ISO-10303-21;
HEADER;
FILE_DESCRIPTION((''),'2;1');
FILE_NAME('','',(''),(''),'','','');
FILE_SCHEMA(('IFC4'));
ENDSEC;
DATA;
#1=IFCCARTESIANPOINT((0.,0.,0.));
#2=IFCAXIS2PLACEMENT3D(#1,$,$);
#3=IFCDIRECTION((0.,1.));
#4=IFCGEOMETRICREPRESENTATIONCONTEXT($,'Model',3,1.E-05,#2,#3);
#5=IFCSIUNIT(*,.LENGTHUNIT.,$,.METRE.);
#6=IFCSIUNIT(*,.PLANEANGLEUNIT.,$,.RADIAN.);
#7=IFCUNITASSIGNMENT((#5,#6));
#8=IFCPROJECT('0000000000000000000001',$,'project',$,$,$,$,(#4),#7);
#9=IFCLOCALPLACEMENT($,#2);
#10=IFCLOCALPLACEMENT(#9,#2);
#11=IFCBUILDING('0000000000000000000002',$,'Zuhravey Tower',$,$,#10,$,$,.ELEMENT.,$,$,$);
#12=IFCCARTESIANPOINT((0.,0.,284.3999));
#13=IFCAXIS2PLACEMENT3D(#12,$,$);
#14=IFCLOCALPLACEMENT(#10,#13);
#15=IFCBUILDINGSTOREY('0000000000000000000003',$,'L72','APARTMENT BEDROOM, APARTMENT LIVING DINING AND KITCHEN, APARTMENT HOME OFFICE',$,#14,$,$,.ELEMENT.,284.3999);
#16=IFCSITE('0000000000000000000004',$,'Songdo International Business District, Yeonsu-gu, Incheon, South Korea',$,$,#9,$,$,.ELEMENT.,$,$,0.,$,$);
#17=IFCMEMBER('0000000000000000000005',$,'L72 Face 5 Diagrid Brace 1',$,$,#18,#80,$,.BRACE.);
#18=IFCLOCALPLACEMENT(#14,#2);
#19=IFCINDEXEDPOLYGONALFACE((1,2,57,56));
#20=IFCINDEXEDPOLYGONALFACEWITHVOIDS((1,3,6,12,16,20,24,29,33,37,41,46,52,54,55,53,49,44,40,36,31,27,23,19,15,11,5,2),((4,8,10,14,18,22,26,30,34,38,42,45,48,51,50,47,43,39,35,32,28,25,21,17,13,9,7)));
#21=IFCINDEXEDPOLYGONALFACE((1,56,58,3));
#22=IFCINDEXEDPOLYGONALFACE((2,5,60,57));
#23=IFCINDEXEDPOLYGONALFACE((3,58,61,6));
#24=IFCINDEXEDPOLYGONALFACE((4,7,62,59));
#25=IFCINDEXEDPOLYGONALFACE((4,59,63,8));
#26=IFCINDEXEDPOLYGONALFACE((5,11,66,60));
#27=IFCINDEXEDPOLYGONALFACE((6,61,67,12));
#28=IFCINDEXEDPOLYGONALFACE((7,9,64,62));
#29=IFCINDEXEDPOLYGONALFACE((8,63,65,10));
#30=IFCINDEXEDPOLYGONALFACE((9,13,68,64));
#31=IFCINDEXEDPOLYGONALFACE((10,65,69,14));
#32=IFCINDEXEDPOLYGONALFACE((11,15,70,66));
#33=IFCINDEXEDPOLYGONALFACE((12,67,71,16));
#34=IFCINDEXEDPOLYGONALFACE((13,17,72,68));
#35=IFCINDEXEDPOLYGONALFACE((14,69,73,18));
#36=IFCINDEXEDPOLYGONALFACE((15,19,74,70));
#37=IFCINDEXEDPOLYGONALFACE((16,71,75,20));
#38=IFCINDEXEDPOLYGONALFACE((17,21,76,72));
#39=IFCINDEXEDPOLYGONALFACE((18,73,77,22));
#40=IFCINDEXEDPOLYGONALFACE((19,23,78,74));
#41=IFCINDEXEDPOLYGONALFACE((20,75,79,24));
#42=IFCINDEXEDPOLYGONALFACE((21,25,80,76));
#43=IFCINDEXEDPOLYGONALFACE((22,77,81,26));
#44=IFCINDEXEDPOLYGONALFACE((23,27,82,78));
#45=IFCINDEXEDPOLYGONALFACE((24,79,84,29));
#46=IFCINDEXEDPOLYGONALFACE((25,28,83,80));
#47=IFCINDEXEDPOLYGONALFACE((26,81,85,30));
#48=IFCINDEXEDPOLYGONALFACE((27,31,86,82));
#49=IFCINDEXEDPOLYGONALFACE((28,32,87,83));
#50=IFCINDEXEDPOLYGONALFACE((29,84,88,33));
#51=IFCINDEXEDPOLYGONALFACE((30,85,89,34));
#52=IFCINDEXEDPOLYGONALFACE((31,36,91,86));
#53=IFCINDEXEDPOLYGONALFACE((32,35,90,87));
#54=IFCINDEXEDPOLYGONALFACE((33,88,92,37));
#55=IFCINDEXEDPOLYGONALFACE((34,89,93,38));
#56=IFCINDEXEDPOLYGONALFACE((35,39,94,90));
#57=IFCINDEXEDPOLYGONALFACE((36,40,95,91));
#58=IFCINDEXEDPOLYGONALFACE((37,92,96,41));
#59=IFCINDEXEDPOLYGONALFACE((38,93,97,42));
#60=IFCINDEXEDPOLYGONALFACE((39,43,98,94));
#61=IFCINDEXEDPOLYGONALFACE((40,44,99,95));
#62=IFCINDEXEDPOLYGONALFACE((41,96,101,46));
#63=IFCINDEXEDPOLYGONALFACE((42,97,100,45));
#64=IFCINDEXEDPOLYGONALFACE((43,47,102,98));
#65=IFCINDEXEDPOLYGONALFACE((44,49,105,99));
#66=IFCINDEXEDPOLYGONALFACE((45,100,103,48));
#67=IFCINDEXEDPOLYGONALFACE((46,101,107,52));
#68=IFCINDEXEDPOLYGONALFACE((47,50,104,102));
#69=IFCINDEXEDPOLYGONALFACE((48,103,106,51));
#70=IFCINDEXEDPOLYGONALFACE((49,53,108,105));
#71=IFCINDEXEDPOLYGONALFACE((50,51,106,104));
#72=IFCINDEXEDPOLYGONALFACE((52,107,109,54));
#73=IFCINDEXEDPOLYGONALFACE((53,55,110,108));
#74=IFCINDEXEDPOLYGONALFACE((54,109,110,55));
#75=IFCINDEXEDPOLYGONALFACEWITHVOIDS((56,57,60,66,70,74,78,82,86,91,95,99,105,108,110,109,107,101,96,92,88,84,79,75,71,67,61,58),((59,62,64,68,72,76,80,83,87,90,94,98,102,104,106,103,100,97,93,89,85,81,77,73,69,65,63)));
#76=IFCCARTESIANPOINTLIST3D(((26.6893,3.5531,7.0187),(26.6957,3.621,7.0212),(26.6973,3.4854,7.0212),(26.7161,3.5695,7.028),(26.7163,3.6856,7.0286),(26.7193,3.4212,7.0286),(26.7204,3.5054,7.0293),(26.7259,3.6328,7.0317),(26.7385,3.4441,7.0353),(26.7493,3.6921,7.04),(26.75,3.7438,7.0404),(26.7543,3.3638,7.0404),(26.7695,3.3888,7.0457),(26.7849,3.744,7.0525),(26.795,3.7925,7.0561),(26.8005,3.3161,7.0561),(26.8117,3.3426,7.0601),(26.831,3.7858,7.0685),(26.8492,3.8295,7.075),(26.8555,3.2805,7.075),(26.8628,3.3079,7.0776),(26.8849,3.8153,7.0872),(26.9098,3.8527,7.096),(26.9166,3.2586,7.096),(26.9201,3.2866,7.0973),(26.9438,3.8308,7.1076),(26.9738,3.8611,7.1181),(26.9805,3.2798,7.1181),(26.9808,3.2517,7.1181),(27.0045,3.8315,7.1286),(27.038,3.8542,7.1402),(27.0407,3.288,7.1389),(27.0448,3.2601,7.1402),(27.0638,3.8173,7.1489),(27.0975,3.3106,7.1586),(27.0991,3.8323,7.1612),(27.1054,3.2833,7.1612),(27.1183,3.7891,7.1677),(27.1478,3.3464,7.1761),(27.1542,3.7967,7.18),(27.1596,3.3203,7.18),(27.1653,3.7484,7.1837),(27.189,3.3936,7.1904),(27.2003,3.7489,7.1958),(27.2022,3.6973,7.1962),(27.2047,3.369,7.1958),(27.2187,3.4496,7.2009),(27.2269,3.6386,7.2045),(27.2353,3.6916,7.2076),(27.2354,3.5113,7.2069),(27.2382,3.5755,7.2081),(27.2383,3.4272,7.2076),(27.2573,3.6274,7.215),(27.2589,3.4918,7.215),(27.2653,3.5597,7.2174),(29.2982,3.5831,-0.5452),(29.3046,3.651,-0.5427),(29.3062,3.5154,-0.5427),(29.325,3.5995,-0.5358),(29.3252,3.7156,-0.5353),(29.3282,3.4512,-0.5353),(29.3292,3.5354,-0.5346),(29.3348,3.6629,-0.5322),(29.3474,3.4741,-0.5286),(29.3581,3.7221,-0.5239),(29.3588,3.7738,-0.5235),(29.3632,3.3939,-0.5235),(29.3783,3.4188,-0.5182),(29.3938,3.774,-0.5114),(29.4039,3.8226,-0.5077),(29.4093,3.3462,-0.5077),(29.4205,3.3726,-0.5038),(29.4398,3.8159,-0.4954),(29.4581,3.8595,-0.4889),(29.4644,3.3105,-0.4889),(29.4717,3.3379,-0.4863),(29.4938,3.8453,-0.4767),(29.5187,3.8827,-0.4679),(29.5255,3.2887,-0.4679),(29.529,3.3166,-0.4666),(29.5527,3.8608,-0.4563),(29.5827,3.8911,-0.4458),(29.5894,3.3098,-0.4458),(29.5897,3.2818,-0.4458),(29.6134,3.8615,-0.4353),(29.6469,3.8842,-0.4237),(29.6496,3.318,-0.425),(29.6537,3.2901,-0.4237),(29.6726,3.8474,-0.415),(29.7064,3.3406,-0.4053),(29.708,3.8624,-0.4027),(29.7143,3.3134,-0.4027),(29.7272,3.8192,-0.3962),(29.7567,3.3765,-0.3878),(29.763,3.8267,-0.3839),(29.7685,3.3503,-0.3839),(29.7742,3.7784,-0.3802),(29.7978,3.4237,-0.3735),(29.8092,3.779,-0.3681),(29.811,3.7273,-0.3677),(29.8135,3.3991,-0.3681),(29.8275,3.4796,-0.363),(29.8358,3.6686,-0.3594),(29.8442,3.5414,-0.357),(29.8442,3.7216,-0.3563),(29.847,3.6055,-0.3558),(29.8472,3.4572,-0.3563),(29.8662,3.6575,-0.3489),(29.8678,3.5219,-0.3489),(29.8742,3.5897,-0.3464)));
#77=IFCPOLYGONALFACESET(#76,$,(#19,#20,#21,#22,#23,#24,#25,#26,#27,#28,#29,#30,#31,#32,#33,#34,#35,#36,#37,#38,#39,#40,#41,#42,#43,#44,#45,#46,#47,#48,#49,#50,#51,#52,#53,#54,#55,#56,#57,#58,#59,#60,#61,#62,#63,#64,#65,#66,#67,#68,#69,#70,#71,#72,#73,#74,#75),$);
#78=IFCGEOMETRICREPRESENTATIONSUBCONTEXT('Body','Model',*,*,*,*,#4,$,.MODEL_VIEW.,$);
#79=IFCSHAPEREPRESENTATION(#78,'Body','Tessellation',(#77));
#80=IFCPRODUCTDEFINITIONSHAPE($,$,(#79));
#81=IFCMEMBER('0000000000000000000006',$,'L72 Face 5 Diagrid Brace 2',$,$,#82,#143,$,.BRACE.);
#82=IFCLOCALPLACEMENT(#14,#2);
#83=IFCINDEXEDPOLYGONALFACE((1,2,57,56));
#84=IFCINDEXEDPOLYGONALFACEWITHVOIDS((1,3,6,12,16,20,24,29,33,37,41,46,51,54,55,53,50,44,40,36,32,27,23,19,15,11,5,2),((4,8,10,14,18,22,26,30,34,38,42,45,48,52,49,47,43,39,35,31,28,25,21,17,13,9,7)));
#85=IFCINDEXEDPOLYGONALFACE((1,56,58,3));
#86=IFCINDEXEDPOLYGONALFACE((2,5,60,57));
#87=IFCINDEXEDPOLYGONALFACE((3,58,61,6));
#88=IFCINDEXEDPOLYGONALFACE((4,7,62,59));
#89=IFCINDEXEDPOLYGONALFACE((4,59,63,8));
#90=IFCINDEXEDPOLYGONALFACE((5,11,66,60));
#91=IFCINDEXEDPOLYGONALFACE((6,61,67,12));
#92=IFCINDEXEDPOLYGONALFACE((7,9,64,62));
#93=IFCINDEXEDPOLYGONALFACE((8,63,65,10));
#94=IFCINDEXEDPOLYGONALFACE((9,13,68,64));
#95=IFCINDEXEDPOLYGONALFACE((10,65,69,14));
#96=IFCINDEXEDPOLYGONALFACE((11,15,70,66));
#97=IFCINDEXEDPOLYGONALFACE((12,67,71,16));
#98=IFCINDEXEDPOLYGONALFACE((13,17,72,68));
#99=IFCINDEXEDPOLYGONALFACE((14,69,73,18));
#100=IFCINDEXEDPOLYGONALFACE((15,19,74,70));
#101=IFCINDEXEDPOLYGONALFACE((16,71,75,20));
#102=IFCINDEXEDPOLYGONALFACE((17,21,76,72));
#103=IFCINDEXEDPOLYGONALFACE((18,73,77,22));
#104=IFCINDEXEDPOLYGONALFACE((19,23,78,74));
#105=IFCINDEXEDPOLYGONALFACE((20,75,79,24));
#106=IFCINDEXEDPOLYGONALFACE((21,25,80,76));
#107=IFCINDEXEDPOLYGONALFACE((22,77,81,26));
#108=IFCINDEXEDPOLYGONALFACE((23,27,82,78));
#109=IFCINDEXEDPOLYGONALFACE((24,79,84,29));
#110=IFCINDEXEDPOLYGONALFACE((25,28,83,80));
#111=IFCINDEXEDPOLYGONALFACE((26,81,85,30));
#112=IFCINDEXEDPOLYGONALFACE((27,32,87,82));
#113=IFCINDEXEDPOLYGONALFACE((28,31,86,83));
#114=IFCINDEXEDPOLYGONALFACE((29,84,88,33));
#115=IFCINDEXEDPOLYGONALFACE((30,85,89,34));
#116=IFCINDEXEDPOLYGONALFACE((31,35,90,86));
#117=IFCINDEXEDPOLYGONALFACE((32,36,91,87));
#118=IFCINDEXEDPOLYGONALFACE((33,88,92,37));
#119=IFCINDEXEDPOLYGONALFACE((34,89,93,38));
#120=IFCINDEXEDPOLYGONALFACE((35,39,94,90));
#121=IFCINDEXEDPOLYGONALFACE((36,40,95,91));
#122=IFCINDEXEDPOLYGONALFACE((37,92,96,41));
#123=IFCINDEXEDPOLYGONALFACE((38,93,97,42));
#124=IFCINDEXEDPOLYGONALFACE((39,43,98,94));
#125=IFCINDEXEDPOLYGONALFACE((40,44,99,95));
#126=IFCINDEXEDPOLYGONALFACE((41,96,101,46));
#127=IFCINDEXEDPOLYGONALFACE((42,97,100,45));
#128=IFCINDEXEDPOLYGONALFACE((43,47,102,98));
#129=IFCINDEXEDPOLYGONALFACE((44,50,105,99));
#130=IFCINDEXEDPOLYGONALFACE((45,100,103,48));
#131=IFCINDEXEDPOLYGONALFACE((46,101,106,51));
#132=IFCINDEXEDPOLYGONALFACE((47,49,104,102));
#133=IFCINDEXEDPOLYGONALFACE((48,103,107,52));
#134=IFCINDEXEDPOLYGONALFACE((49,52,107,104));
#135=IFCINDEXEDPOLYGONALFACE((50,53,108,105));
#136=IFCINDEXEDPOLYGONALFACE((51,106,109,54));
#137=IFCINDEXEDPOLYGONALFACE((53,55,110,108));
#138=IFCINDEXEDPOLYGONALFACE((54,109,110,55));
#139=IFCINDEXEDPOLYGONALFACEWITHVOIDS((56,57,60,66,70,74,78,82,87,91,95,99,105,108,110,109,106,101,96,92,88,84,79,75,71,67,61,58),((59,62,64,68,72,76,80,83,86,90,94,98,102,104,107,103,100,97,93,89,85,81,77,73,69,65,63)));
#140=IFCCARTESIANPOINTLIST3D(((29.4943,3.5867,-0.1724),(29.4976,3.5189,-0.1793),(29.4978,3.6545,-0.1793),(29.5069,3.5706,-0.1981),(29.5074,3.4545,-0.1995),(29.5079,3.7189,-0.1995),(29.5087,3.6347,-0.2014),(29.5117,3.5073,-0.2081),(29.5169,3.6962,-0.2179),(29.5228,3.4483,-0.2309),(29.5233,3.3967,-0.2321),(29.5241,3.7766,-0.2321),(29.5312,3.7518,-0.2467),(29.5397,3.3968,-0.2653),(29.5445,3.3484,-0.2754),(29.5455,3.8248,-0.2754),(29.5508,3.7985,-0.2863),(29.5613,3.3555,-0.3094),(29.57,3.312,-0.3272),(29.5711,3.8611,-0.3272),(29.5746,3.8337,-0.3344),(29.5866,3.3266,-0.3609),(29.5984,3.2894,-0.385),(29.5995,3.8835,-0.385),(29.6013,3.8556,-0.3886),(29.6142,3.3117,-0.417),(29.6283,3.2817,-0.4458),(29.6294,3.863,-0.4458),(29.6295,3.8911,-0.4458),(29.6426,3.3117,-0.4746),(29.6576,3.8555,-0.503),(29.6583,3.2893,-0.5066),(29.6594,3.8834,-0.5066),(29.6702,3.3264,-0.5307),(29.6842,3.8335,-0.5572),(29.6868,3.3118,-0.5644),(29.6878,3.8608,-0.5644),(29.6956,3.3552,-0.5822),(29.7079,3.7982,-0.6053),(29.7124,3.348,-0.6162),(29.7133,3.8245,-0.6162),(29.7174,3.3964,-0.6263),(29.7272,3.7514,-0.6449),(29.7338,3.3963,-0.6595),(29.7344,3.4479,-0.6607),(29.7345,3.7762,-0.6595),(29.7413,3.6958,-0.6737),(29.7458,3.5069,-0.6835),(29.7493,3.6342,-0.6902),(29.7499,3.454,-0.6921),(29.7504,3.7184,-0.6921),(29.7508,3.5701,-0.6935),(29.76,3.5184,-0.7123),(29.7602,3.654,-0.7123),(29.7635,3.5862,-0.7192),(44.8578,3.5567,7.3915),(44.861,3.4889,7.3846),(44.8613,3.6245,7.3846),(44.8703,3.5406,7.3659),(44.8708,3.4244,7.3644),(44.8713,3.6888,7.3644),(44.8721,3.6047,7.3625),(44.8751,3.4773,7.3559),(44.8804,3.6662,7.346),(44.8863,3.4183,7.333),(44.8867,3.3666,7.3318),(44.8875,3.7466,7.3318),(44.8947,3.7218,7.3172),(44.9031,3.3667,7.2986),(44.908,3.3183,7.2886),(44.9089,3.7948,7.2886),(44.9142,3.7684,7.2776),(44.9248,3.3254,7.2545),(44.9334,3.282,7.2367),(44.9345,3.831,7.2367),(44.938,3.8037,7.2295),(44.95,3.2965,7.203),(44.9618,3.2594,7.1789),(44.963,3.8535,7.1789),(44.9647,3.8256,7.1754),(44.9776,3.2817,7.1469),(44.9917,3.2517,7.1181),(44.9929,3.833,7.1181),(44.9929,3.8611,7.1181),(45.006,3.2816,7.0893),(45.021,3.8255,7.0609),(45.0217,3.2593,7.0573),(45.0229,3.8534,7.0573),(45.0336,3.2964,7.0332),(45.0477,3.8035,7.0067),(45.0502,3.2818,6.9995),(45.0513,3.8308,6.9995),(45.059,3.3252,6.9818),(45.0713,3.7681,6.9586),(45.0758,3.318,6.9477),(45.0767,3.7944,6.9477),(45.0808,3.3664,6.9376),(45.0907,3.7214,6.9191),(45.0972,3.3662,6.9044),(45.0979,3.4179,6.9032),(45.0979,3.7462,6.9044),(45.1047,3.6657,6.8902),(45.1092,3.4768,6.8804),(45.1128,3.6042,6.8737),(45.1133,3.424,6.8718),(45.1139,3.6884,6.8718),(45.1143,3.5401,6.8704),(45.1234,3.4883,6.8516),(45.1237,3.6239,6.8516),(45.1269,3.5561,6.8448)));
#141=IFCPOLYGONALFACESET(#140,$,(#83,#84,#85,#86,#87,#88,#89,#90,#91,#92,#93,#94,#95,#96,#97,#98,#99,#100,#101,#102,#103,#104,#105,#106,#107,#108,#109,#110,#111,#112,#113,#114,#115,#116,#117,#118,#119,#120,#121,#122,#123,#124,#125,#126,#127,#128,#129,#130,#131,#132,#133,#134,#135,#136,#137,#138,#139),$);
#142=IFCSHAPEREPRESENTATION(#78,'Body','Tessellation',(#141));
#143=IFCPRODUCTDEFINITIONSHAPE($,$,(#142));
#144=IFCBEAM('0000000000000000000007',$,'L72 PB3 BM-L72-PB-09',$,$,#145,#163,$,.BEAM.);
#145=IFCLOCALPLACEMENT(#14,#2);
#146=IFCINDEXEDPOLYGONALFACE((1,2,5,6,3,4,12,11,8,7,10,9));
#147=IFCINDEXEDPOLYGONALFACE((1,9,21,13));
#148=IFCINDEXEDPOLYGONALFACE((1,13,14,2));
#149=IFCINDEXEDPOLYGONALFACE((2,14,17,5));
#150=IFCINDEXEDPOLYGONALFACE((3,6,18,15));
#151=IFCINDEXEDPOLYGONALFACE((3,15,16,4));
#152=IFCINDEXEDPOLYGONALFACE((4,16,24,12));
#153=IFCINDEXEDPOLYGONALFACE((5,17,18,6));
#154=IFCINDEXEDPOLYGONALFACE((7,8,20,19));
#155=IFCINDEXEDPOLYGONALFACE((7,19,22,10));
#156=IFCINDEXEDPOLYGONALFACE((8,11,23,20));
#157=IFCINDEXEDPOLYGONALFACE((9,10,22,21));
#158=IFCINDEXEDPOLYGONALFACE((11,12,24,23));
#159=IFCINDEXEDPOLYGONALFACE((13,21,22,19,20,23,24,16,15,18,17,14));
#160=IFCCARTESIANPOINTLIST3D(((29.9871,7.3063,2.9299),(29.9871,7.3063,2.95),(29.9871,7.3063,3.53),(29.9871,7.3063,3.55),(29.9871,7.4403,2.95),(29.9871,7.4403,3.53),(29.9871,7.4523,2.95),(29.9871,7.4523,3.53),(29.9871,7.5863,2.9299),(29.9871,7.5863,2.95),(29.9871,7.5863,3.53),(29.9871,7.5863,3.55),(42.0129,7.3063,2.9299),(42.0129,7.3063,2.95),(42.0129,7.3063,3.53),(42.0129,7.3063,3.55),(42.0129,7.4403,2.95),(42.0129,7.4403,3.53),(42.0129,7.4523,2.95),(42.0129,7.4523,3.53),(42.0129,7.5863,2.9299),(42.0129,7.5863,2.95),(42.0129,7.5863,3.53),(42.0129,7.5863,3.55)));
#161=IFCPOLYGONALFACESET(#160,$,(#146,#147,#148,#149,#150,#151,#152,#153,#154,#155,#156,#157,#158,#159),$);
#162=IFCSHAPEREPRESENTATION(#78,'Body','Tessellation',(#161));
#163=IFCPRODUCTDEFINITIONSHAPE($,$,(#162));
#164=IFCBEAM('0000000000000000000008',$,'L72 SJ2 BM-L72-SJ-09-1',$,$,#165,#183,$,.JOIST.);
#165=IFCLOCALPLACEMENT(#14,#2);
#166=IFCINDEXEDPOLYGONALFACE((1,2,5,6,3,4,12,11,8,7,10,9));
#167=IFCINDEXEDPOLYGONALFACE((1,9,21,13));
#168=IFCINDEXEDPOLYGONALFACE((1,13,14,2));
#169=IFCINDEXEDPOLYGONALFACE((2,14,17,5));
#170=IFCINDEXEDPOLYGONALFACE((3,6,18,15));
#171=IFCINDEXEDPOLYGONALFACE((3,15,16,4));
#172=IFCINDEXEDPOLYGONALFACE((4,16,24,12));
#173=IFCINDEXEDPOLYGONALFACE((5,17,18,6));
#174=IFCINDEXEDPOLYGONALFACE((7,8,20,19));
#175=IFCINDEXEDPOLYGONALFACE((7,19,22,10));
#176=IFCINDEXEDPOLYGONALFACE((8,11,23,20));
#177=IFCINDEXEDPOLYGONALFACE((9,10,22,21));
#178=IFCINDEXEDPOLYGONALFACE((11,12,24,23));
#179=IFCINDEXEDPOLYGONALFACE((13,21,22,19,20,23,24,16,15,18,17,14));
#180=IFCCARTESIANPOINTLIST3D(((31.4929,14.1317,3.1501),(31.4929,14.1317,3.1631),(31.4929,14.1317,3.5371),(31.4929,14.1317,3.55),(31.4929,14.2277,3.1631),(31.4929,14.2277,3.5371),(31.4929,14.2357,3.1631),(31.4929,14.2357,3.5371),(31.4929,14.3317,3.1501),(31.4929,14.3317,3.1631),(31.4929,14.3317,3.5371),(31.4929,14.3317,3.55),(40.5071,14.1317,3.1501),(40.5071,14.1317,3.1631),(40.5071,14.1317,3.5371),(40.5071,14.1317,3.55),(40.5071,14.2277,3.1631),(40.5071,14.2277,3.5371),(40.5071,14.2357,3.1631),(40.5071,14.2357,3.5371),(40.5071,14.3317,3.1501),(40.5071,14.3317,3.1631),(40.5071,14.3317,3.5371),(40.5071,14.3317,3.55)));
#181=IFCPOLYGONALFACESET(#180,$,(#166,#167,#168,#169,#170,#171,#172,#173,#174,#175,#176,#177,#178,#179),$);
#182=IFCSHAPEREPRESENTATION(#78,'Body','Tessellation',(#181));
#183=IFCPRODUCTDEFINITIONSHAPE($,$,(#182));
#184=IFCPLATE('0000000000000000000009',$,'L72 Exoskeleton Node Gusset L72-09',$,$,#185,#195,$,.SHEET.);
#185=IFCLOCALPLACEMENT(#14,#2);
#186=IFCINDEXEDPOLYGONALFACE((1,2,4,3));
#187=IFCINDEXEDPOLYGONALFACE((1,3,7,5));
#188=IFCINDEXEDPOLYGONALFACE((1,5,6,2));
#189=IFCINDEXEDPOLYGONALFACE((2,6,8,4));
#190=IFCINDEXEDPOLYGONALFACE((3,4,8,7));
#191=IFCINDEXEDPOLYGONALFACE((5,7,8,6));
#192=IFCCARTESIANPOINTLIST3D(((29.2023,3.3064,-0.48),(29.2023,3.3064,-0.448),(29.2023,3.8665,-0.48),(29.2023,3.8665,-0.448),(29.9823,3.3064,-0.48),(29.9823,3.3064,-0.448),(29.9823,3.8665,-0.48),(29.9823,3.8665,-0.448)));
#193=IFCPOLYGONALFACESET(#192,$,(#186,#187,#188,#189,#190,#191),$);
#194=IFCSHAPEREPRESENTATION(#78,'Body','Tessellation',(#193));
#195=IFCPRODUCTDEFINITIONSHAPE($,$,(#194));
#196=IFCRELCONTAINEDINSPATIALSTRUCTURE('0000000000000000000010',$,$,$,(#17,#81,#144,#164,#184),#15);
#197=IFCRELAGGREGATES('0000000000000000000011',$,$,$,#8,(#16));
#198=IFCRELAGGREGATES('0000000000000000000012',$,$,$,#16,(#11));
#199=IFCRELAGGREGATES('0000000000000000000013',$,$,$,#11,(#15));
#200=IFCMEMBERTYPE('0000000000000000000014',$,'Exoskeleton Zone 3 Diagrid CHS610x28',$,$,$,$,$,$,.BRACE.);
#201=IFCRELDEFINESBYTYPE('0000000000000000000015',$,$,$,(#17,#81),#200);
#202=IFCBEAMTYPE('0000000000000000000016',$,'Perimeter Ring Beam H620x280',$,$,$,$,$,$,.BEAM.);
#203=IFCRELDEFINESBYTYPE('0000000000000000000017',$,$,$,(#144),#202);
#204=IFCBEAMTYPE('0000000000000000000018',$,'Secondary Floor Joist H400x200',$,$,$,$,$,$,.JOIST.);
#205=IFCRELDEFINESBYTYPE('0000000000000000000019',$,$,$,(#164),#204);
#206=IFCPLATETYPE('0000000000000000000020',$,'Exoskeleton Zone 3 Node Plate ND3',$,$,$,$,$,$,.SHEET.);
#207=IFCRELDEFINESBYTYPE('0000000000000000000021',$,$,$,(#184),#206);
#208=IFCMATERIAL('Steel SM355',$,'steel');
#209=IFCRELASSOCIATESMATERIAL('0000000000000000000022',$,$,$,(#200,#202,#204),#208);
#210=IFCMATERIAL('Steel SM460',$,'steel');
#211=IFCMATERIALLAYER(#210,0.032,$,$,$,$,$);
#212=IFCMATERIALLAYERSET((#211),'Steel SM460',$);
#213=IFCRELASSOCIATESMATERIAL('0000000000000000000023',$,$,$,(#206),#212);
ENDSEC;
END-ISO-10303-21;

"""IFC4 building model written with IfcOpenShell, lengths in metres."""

from ifc_helpers import new_model, si_unit, direction, frame, origin, origin_2d, place, context, subcontext, project, spatial, rectangle, hollow_circle, i_section, extrude, material, layer, layer_set, material_profile, profile_set, type_object, element, save


model = new_model("IFC4")

# Units and contexts
model_context = context("Model", 3, precision=1e-05, world=origin(), true_north=direction((0.0, 1.0)))
body_context = subcontext(model_context, "Body", "Model", "MODEL_VIEW")
ifc_project = project(units=[si_unit("LENGTHUNIT", "METRE"), si_unit("PLANEANGLEUNIT", "RADIAN")], contexts=[model_context])

# Site, building, storey
site_placement = place(None, origin())
site = spatial("IfcSite", under=ifc_project, at=site_placement, Name="Songdo International Business District, Yeonsu-gu, Incheon, South Korea", CompositionType="ELEMENT", RefElevation=0.0)
building_placement = place(site_placement, origin())
building = spatial("IfcBuilding", under=site, at=building_placement, Name="Zuhravey Tower", CompositionType="ELEMENT")
storey_placement = place(building_placement, frame((0.0, 0.0, 284.3999)))
storey = spatial("IfcBuildingStorey", under=building, at=storey_placement, Name="L72", Description="APARTMENT BEDROOM, APARTMENT LIVING DINING AND KITCHEN, APARTMENT HOME OFFICE", CompositionType="ELEMENT", Elevation=284.3999)

# Members
ifc_material_1 = material(Name="Steel SM355", Category="steel")
ifc_material_profile_1 = material_profile(ifc_material_1, hollow_circle(Radius=0.3047, WallThickness=0.0281, at=origin_2d()), Name="CHS-609.6x28")
ifc_profile_set_1 = profile_set([ifc_material_profile_1], Name="Steel SM355")
member_type_1 = type_object("IfcMemberType", Name="Exoskeleton Zone 3 Diagrid CHS610x28", PredefinedType="BRACE", material=ifc_profile_set_1)
member_1_placement = place(storey_placement, frame((29.5862, 3.5864, -0.4458), z_axis=(-0.326058, -0.003753, 0.945342), x_axis=(0.01151, -0.999934, 0.0)))
element("IfcMember", 1, at=member_1_placement, inside=storey, type_object=member_type_1, Name="L72 Face 5 Diagrid Brace 1", PredefinedType="BRACE", context=body_context, shape_type="SweptSolid", body=[
    extrude(hollow_circle(Radius=0.3047, WallThickness=0.0281, at=origin_2d()), origin(), (0.0, 0.0, 1.0), 8.0012),
])
member_2_placement = place(storey_placement, frame((29.6289, 3.5864, -0.4458), z_axis=(0.89716, -0.001754, 0.441701), x_axis=(0.001955, 0.999998, 0.0)))
element("IfcMember", 2, at=member_2_placement, inside=storey, type_object=member_type_1, Name="L72 Face 5 Diagrid Brace 2", PredefinedType="BRACE", context=body_context, shape_type="SweptSolid", body=[
    extrude(hollow_circle(Radius=0.3047, WallThickness=0.0281, at=origin_2d()), origin(), (0.0, 0.0, 1.0), 17.1245),
])

# Beams
ifc_material_profile_2 = material_profile(ifc_material_1, i_section(OverallWidth=0.28, OverallDepth=0.6201, WebThickness=0.012, FlangeThickness=0.02, at=origin_2d()), Name="H-620x280x12x20")
ifc_profile_set_2 = profile_set([ifc_material_profile_2], Name="Steel SM355")
beam_type_1 = type_object("IfcBeamType", Name="Perimeter Ring Beam H620x280", PredefinedType="BEAM", material=ifc_profile_set_2)
beam_1_placement = place(storey_placement, frame((29.9871, 7.4463, 3.24), z_axis=(1.0, 0.0, 0.0), x_axis=(0.0, 1.0, 0.0)))
element("IfcBeam", 3, at=beam_1_placement, inside=storey, type_object=beam_type_1, Name="L72 PB3 BM-L72-PB-09", PredefinedType="BEAM", context=body_context, shape_type="SweptSolid", body=[
    extrude(i_section(OverallWidth=0.28, OverallDepth=0.6201, WebThickness=0.012, FlangeThickness=0.02, at=origin_2d()), origin(), (0.0, 0.0, 1.0), 12.0259),
])
ifc_material_profile_3 = material_profile(ifc_material_1, i_section(OverallWidth=0.2, OverallDepth=0.3999, WebThickness=0.0081, FlangeThickness=0.0129, at=origin_2d()), Name="H-400x200x8x13")
ifc_profile_set_3 = profile_set([ifc_material_profile_3], Name="Steel SM355")
beam_type_2 = type_object("IfcBeamType", Name="Secondary Floor Joist H400x200", PredefinedType="JOIST", material=ifc_profile_set_3)
beam_2_placement = place(storey_placement, frame((31.4929, 14.2317, 3.3501), z_axis=(1.0, 0.0, 0.0), x_axis=(0.0, 1.0, 0.0)))
element("IfcBeam", 4, at=beam_2_placement, inside=storey, type_object=beam_type_2, Name="L72 SJ2 BM-L72-SJ-09-1", PredefinedType="JOIST", context=body_context, shape_type="SweptSolid", body=[
    extrude(i_section(OverallWidth=0.2, OverallDepth=0.3999, WebThickness=0.0081, FlangeThickness=0.0129, at=origin_2d()), origin(), (0.0, 0.0, 1.0), 9.0142),
])

# Plate
ifc_material_2 = material(Name="Steel SM460", Category="steel")
ifc_layer_1 = layer(ifc_material_2, 0.032)
ifc_layer_set_1 = layer_set([ifc_layer_1], Name="Steel SM460")
plate_type_1 = type_object("IfcPlateType", Name="Exoskeleton Zone 3 Node Plate ND3", PredefinedType="SHEET", material=ifc_layer_set_1)
plate_1_placement = place(storey_placement, frame((29.5923, 3.5864, -0.48), z_axis=(0.0, 0.0, 1.0), x_axis=(1.0, 0.0, 0.0)))
element("IfcPlate", 5, at=plate_1_placement, inside=storey, type_object=plate_type_1, Name="L72 Exoskeleton Node Gusset L72-09", PredefinedType="SHEET", context=body_context, shape_type="SweptSolid", body=[
    extrude(rectangle(XDim=0.78, YDim=0.5601, at=origin_2d()), origin(), (0.0, 0.0, 1.0), 0.032),
])

save(model, "model.ifc")
